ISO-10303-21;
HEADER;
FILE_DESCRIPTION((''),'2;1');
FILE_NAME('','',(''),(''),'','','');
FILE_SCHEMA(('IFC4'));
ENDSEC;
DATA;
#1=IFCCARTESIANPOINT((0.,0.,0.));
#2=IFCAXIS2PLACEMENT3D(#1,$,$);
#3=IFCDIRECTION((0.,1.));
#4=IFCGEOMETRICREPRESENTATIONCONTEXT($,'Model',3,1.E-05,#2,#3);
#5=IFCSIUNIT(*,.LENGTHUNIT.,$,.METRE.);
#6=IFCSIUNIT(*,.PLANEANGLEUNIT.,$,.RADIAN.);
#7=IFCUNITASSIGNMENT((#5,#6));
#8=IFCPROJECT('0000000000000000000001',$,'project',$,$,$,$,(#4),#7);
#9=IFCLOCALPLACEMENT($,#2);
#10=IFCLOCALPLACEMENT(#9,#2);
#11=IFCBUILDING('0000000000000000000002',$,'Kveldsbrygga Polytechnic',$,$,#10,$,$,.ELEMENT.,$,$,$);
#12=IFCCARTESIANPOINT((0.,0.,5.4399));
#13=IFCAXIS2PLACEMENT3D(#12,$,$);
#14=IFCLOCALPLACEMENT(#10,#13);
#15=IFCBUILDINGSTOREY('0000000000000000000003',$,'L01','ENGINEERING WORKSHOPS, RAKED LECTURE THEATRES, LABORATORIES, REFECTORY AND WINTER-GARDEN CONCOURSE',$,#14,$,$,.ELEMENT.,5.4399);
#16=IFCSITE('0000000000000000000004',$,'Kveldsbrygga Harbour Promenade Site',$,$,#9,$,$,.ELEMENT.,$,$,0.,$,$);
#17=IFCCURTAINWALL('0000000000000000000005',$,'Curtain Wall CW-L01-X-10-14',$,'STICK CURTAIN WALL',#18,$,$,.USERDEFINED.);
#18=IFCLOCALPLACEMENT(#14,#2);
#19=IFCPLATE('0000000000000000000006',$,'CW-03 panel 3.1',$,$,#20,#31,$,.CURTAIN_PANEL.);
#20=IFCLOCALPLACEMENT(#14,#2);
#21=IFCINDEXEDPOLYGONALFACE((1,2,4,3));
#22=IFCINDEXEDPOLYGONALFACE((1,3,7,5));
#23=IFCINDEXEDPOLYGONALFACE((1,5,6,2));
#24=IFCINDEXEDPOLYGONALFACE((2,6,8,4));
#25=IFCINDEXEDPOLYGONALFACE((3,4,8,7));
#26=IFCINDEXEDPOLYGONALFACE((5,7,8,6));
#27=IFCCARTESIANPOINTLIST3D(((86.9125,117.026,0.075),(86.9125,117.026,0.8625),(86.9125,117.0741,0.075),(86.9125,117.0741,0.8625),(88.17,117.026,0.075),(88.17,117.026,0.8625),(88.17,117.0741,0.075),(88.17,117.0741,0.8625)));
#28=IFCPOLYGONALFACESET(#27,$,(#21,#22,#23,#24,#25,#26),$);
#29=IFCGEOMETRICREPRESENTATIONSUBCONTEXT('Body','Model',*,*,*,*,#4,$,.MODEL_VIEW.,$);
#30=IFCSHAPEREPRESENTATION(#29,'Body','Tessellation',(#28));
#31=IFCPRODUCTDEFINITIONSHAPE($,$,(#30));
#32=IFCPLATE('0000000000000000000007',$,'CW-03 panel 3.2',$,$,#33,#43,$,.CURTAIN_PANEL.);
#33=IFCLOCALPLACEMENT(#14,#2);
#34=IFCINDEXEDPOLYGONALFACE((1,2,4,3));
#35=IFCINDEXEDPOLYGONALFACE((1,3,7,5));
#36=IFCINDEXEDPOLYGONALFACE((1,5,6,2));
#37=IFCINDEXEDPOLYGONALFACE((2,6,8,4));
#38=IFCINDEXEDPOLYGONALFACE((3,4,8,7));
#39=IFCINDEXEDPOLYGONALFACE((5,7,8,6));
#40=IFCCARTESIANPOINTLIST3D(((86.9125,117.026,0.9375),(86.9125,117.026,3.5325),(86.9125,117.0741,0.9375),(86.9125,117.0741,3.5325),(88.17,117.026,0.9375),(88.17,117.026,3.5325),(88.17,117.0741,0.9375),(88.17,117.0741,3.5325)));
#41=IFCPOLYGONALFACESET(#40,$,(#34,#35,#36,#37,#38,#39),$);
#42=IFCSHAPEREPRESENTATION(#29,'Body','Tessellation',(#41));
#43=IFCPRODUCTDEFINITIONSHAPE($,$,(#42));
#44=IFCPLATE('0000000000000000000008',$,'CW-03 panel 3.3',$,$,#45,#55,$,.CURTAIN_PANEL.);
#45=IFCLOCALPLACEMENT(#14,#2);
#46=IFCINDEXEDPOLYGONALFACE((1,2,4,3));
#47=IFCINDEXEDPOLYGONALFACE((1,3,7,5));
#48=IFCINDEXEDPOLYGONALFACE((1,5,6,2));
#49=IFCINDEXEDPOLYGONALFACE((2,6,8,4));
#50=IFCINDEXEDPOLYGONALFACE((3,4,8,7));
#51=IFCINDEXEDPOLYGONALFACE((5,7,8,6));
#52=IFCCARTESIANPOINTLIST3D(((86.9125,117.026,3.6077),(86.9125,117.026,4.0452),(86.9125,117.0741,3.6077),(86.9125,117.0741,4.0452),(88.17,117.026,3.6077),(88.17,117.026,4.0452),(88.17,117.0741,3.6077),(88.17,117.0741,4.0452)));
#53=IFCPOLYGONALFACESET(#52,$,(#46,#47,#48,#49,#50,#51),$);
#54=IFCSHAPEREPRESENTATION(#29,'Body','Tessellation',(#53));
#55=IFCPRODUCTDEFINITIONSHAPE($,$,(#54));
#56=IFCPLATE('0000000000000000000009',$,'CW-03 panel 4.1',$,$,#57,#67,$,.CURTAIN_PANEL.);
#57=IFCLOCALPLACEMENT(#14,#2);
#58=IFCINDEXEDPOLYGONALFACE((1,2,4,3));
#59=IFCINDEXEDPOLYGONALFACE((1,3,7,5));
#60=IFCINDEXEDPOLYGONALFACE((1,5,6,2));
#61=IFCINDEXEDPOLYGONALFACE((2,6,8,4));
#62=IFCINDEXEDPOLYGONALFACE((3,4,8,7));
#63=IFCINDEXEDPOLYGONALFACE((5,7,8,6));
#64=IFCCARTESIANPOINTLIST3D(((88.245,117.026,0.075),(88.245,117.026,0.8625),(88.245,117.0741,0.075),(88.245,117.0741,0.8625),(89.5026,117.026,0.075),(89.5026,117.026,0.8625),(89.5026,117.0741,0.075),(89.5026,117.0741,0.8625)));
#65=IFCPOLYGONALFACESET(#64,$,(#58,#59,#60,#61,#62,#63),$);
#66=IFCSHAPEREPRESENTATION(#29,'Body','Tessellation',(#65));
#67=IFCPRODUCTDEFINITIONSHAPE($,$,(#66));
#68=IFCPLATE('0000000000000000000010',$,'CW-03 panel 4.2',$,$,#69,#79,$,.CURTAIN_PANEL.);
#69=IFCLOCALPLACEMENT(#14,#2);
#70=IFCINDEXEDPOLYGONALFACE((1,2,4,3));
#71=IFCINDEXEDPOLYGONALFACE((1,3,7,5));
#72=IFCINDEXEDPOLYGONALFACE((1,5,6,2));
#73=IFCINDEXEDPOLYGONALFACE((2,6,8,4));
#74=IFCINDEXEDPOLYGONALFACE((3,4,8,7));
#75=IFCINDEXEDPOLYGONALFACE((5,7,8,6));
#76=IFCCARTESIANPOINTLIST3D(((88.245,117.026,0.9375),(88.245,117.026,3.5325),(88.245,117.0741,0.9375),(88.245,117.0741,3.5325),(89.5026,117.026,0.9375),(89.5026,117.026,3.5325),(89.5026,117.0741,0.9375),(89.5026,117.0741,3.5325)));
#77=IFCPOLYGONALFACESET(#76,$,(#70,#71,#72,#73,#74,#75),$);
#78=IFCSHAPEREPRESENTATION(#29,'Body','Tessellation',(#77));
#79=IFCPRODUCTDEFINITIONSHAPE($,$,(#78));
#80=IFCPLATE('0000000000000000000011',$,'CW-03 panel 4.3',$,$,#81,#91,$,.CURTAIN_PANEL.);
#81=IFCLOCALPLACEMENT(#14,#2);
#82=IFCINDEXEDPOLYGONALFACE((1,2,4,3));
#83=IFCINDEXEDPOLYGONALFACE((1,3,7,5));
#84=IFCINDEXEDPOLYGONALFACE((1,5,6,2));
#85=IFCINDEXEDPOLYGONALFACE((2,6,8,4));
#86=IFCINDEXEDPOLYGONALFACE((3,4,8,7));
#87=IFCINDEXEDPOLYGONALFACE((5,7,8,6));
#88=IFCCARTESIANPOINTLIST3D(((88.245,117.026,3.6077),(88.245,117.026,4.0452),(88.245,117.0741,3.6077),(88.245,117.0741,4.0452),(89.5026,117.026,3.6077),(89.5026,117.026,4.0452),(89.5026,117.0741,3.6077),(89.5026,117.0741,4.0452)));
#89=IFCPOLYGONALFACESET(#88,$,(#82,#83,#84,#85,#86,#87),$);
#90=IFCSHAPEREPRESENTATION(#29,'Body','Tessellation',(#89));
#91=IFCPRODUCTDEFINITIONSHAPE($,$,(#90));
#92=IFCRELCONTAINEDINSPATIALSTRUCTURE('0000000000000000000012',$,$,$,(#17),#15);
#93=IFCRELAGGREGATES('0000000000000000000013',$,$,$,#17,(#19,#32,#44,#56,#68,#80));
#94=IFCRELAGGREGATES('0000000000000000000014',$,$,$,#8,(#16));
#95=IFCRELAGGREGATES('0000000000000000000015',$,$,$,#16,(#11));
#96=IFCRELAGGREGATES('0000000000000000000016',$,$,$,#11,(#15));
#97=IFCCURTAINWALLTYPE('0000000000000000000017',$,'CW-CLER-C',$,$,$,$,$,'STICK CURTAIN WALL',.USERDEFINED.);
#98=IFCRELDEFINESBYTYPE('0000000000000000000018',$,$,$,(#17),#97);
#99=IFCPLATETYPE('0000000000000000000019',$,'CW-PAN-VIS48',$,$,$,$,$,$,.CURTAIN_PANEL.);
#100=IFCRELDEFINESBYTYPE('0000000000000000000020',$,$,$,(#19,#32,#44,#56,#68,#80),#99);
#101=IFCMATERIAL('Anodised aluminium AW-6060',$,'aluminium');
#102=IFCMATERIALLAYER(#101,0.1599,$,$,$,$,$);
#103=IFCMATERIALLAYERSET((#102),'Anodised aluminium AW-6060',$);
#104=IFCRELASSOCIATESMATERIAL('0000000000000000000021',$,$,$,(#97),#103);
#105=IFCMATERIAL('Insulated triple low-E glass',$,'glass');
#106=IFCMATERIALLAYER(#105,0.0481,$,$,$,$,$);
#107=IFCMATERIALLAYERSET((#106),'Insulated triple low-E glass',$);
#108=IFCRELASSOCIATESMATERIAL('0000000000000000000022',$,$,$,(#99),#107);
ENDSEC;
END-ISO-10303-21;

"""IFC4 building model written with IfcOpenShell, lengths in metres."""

from ifc_helpers import new_model, si_unit, direction, frame, origin, origin_2d, place, context, subcontext, project, spatial, rectangle, extrude, material, layer, layer_set, type_object, element, aggregate, save


model = new_model("IFC4")

# Units and contexts
model_context = context("Model", 3, precision=1e-05, world=origin(), true_north=direction((0.0, 1.0)))
body_context = subcontext(model_context, "Body", "Model", "MODEL_VIEW")
ifc_project = project(units=[si_unit("LENGTHUNIT", "METRE"), si_unit("PLANEANGLEUNIT", "RADIAN")], contexts=[model_context])

# Site, building, storey
site_placement = place(None, origin())
site = spatial("IfcSite", under=ifc_project, at=site_placement, Name="Kveldsbrygga Harbour Promenade Site", CompositionType="ELEMENT", RefElevation=0.0)
building_placement = place(site_placement, origin())
building = spatial("IfcBuilding", under=site, at=building_placement, Name="Kveldsbrygga Polytechnic", CompositionType="ELEMENT")
storey_placement = place(building_placement, frame((0.0, 0.0, 5.4399)))
storey = spatial("IfcBuildingStorey", under=building, at=storey_placement, Name="L01", Description="ENGINEERING WORKSHOPS, RAKED LECTURE THEATRES, LABORATORIES, REFECTORY AND WINTER-GARDEN CONCOURSE", CompositionType="ELEMENT", Elevation=5.4399)

# Curtain wall, plates
ifc_material_1 = material(Name="Anodised aluminium AW-6060", Category="aluminium")
ifc_layer_1 = layer(ifc_material_1, 0.1599)
ifc_layer_set_1 = layer_set([ifc_layer_1], Name="Anodised aluminium AW-6060")
curtain_wall_type = type_object("IfcCurtainWallType", Name="CW-CLER-C", ElementType="STICK CURTAIN WALL", PredefinedType="USERDEFINED", material=ifc_layer_set_1)
curtain_wall_placement = place(storey_placement, origin())
curtain_wall = element("IfcCurtainWall", 1, at=curtain_wall_placement, inside=storey, type_object=curtain_wall_type, Name="Curtain Wall CW-L01-X-10-14", ObjectType="STICK CURTAIN WALL", PredefinedType="USERDEFINED")
ifc_material_2 = material(Name="Insulated triple low-E glass", Category="glass")
ifc_layer_2 = layer(ifc_material_2, 0.0481)
ifc_layer_set_2 = layer_set([ifc_layer_2], Name="Insulated triple low-E glass")
plate_type = type_object("IfcPlateType", Name="CW-PAN-VIS48", PredefinedType="CURTAIN_PANEL", material=ifc_layer_set_2)
plate_1_placement = place(storey_placement, frame((87.5413, 117.05, 0.075), z_axis=(0.0, 0.0, 1.0), x_axis=(1.0, 0.0, 0.0)))
plate_1 = element("IfcPlate", 2, at=plate_1_placement, type_object=plate_type, Name="CW-03 panel 3.1", PredefinedType="CURTAIN_PANEL", context=body_context, shape_type="SweptSolid", body=[
    extrude(rectangle(XDim=1.2576, YDim=0.0481, at=origin_2d()), origin(), (0.0, 0.0, 1.0), 0.7876),
])
plate_2_placement = place(storey_placement, frame((87.5413, 117.05, 0.9375), z_axis=(0.0, 0.0, 1.0), x_axis=(1.0, 0.0, 0.0)))
plate_2 = element("IfcPlate", 3, at=plate_2_placement, type_object=plate_type, Name="CW-03 panel 3.2", PredefinedType="CURTAIN_PANEL", context=body_context, shape_type="SweptSolid", body=[
    extrude(rectangle(XDim=1.2576, YDim=0.0481, at=origin_2d()), origin(), (0.0, 0.0, 1.0), 2.595),
])
plate_3_placement = place(storey_placement, frame((87.5413, 117.05, 3.6077), z_axis=(0.0, 0.0, 1.0), x_axis=(1.0, 0.0, 0.0)))
plate_3 = element("IfcPlate", 4, at=plate_3_placement, type_object=plate_type, Name="CW-03 panel 3.3", PredefinedType="CURTAIN_PANEL", context=body_context, shape_type="SweptSolid", body=[
    extrude(rectangle(XDim=1.2576, YDim=0.0481, at=origin_2d()), origin(), (0.0, 0.0, 1.0), 0.4375),
])
plate_4_placement = place(storey_placement, frame((88.8738, 117.05, 0.075), z_axis=(0.0, 0.0, 1.0), x_axis=(1.0, 0.0, 0.0)))
plate_4 = element("IfcPlate", 5, at=plate_4_placement, type_object=plate_type, Name="CW-03 panel 4.1", PredefinedType="CURTAIN_PANEL", context=body_context, shape_type="SweptSolid", body=[
    extrude(rectangle(XDim=1.2576, YDim=0.0481, at=origin_2d()), origin(), (0.0, 0.0, 1.0), 0.7876),
])
plate_5_placement = place(storey_placement, frame((88.8738, 117.05, 0.9375), z_axis=(0.0, 0.0, 1.0), x_axis=(1.0, 0.0, 0.0)))
plate_5 = element("IfcPlate", 6, at=plate_5_placement, type_object=plate_type, Name="CW-03 panel 4.2", PredefinedType="CURTAIN_PANEL", context=body_context, shape_type="SweptSolid", body=[
    extrude(rectangle(XDim=1.2576, YDim=0.0481, at=origin_2d()), origin(), (0.0, 0.0, 1.0), 2.595),
])
plate_6_placement = place(storey_placement, frame((88.8738, 117.05, 3.6077), z_axis=(0.0, 0.0, 1.0), x_axis=(1.0, 0.0, 0.0)))
plate_6 = element("IfcPlate", 7, at=plate_6_placement, type_object=plate_type, Name="CW-03 panel 4.3", PredefinedType="CURTAIN_PANEL", context=body_context, shape_type="SweptSolid", body=[
    extrude(rectangle(XDim=1.2576, YDim=0.0481, at=origin_2d()), origin(), (0.0, 0.0, 1.0), 0.4375),
])
aggregate(curtain_wall, [plate_1, plate_2, plate_3, plate_4, plate_5, plate_6])

save(model, "model.ifc")
